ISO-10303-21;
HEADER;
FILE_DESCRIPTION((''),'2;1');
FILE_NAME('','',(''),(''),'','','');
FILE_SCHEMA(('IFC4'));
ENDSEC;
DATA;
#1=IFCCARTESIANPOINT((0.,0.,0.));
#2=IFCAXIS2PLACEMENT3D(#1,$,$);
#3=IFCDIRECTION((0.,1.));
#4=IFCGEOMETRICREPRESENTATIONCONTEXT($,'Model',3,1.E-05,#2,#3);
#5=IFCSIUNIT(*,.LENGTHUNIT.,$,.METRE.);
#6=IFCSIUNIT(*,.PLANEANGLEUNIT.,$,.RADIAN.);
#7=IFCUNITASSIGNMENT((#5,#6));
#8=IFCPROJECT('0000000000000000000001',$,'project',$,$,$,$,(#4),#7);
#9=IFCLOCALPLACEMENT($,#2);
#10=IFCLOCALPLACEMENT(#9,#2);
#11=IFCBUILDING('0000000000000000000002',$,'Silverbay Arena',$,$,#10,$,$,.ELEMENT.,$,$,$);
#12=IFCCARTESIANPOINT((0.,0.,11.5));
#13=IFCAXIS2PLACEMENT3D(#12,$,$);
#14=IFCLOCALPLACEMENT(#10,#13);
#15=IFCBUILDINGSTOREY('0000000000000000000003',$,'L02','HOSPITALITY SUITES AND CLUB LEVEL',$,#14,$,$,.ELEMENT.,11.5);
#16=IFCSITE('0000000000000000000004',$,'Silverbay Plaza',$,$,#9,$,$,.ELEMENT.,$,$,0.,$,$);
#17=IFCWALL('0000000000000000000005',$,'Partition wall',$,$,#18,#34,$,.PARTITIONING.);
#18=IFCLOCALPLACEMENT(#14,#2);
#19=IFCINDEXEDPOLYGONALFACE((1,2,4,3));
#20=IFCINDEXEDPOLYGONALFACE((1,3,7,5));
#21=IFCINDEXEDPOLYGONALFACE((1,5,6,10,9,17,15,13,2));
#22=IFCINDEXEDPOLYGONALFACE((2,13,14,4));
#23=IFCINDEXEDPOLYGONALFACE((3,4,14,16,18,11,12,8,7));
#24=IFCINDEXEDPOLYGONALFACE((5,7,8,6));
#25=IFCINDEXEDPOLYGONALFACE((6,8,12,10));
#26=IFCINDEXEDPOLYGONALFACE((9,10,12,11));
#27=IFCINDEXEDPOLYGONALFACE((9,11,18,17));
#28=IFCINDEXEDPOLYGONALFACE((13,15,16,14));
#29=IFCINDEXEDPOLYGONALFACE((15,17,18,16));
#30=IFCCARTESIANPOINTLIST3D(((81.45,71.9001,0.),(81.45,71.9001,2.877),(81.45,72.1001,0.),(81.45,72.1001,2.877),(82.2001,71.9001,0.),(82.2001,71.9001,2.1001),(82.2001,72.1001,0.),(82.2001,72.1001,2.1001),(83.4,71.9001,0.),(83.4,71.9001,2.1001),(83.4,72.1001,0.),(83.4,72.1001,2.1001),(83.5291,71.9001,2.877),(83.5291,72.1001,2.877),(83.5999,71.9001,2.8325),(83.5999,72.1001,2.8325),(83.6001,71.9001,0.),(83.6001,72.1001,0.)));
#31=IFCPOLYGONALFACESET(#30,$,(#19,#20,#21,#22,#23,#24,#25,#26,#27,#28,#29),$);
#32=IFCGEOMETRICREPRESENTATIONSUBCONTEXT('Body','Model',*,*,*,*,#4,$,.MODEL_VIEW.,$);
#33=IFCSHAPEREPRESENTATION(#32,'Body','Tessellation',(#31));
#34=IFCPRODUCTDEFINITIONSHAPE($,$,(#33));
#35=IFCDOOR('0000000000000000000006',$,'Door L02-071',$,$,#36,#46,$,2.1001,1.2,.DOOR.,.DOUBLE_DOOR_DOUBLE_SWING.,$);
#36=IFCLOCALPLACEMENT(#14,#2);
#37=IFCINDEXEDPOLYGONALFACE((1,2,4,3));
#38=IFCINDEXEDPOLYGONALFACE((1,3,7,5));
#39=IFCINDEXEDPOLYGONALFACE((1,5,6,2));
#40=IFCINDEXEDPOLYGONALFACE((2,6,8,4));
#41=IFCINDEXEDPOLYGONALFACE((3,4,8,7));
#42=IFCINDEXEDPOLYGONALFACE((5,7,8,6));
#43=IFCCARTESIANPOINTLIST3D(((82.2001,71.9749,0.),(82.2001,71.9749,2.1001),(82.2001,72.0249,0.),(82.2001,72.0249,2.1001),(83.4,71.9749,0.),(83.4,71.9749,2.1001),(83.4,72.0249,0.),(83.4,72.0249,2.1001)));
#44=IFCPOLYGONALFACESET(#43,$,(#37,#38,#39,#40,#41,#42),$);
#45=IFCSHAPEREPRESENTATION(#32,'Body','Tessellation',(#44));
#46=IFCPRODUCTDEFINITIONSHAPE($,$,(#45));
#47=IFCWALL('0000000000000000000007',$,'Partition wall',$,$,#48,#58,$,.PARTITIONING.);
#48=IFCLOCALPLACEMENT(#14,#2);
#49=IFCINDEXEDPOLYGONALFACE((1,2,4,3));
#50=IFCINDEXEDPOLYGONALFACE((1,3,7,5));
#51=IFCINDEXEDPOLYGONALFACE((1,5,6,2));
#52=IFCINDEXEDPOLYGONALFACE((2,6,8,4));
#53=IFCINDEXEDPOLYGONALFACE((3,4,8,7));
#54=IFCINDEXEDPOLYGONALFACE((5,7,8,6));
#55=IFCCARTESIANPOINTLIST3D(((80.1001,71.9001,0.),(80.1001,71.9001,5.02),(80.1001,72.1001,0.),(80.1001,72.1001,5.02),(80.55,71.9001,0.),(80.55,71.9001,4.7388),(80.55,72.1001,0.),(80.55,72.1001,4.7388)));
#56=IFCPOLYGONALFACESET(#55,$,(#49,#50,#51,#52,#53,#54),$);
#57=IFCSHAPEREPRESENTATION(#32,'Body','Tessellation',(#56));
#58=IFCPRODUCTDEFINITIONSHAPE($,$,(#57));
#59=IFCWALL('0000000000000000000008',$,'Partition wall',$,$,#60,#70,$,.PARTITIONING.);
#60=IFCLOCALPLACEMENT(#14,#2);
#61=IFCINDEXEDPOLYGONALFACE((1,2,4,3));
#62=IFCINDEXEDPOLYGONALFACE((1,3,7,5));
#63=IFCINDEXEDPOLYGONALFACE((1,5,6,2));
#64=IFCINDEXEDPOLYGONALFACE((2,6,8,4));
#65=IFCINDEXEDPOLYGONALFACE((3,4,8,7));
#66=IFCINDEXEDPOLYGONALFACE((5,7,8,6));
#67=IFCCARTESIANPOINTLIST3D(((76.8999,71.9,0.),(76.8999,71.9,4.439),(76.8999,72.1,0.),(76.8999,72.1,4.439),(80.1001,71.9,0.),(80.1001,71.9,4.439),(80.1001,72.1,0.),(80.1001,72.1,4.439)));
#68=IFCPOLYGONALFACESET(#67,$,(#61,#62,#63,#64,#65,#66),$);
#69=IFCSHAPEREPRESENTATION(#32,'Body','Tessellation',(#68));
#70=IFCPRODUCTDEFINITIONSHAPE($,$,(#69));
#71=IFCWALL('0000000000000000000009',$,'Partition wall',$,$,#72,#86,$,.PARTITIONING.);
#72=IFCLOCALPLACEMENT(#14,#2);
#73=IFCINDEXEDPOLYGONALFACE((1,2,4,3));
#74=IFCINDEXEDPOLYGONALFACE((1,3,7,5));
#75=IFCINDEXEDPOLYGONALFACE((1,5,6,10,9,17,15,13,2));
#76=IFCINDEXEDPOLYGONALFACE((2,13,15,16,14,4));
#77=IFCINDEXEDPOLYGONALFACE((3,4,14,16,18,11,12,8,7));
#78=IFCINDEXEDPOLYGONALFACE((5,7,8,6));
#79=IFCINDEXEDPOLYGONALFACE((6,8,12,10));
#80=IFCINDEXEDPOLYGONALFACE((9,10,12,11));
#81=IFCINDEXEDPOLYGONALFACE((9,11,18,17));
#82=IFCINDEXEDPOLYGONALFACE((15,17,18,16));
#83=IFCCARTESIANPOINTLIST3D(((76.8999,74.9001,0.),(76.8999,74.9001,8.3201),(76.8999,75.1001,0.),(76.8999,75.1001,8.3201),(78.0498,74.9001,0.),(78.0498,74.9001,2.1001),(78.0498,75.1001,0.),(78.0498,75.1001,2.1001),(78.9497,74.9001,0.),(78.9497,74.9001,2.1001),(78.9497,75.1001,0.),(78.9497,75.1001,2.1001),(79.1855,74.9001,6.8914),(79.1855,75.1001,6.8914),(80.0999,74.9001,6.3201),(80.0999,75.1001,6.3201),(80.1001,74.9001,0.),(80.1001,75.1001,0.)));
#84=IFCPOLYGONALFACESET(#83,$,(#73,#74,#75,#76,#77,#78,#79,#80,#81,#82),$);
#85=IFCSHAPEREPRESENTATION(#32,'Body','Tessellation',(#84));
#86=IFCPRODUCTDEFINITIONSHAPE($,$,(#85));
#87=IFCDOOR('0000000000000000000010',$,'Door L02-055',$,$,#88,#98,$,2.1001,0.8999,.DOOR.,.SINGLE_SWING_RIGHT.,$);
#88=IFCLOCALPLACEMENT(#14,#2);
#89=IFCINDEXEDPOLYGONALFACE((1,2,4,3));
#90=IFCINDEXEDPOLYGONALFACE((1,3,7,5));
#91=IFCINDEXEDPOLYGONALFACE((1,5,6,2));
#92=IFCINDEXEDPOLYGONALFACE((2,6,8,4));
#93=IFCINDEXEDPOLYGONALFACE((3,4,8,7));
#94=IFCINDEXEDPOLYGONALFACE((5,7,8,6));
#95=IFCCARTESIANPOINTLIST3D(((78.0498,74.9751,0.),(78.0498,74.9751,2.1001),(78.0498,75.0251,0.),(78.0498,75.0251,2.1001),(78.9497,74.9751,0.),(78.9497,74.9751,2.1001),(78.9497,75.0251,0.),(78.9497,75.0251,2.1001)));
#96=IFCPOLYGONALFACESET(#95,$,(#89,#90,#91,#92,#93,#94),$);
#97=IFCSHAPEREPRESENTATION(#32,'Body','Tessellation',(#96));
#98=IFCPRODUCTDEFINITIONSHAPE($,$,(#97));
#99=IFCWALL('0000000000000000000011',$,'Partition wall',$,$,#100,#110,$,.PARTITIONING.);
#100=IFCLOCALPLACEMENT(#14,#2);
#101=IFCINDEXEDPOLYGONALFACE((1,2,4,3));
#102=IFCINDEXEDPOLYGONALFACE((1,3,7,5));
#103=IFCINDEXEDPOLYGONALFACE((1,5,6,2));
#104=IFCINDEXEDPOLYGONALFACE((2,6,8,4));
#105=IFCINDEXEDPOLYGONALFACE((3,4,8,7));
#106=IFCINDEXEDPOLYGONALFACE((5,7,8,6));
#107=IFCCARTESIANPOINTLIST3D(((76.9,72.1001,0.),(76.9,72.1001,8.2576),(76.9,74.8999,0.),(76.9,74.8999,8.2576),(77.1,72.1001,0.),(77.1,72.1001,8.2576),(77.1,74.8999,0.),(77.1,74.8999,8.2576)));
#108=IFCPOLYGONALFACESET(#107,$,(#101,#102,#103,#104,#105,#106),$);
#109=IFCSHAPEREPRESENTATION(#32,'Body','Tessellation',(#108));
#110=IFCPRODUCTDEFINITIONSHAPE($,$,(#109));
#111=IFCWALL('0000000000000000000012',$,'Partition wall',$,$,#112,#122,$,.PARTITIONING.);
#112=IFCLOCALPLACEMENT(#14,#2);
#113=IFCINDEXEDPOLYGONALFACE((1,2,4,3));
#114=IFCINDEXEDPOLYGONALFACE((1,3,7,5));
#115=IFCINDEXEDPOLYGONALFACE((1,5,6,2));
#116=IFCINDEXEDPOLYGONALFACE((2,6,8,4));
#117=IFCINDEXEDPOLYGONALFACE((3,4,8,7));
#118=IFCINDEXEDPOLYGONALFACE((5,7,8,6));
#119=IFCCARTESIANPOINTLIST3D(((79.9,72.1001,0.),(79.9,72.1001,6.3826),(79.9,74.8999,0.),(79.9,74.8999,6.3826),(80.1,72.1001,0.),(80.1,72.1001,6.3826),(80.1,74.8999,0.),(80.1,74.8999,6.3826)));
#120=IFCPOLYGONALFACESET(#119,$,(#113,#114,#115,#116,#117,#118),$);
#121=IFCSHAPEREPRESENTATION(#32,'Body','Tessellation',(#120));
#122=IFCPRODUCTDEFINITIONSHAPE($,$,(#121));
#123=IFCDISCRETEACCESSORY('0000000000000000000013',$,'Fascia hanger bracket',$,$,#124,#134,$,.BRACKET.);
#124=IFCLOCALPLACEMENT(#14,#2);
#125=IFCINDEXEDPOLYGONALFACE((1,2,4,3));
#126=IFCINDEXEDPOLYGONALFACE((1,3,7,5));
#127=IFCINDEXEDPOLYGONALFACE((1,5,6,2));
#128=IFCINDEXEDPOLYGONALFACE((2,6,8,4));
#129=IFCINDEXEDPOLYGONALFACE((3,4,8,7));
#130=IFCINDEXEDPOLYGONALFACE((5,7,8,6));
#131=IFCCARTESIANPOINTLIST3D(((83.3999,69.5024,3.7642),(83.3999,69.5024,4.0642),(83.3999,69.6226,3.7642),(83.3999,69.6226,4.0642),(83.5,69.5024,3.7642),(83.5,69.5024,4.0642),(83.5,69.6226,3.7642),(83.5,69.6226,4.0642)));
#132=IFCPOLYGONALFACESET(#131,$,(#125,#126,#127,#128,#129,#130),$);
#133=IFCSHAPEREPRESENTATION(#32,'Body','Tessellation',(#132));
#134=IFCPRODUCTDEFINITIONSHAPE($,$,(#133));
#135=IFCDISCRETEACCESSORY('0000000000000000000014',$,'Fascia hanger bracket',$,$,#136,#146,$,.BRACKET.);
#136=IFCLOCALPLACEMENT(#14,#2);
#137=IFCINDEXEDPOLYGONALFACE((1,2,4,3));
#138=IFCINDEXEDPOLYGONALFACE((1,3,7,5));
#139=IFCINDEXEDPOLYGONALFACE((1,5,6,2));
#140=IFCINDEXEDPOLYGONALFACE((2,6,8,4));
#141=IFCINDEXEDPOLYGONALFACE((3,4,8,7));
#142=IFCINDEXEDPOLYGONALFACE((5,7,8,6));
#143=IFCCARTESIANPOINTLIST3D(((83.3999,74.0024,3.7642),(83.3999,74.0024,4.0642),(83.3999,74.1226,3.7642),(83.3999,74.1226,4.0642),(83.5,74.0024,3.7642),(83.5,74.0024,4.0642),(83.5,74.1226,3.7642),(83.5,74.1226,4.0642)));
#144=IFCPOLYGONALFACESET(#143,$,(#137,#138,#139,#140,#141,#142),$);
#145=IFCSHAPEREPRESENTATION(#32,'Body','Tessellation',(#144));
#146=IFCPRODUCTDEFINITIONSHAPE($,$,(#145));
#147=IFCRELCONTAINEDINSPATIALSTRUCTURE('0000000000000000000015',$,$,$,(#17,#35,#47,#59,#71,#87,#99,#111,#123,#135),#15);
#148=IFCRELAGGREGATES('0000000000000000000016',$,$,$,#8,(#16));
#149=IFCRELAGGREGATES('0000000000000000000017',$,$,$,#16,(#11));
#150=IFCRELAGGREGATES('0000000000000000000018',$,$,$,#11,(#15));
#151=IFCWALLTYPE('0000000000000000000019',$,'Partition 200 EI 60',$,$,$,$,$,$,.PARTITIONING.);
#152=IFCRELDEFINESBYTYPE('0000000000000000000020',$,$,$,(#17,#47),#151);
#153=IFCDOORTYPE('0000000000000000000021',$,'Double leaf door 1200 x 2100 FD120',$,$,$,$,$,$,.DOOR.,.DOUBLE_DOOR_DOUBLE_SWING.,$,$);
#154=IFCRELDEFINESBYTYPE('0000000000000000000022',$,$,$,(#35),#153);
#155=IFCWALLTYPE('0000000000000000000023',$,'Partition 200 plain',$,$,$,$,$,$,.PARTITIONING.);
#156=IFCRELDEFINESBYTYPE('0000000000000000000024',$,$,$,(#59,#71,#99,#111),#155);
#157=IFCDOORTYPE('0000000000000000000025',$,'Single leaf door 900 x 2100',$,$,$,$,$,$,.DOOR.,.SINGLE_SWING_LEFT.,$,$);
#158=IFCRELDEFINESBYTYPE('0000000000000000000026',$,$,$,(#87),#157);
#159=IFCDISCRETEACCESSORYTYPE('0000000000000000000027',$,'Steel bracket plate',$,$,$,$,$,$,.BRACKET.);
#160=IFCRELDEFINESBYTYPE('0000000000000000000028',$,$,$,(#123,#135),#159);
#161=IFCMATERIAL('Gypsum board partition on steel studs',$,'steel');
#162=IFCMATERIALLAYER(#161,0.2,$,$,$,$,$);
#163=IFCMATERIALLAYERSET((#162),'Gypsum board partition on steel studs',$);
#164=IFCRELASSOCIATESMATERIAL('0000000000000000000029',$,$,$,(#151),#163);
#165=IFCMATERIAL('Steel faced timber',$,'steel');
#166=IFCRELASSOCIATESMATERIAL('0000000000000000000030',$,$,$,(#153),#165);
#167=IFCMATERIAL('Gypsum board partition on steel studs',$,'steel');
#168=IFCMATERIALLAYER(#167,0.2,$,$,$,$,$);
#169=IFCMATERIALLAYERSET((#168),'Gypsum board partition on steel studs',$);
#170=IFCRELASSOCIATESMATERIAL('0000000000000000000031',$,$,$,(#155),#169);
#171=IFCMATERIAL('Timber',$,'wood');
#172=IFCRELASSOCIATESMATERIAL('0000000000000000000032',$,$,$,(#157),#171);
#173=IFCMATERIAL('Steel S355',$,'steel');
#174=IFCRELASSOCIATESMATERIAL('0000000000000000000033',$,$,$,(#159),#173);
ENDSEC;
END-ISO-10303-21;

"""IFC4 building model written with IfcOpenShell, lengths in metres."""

from ifc_helpers import new_model, si_unit, direction, frame, frame_2d, origin, origin_2d, place, context, subcontext, project, spatial, polyline, rectangle, outline, extrude, material, layer, layer_set, type_object, element, fill, save


model = new_model("IFC4")

# Units and contexts
model_context = context("Model", 3, precision=1e-05, world=origin(), true_north=direction((0.0, 1.0)))
body_context = subcontext(model_context, "Body", "Model", "MODEL_VIEW")
ifc_project = project(units=[si_unit("LENGTHUNIT", "METRE"), si_unit("PLANEANGLEUNIT", "RADIAN")], contexts=[model_context])

# Site, building, storey
site_placement = place(None, origin())
site = spatial("IfcSite", under=ifc_project, at=site_placement, Name="Silverbay Plaza", CompositionType="ELEMENT", RefElevation=0.0)
building_placement = place(site_placement, origin())
building = spatial("IfcBuilding", under=site, at=building_placement, Name="Silverbay Arena", CompositionType="ELEMENT")
storey_placement = place(building_placement, frame((0.0, 0.0, 11.5)))
storey = spatial("IfcBuildingStorey", under=building, at=storey_placement, Name="L02", Description="HOSPITALITY SUITES AND CLUB LEVEL", CompositionType="ELEMENT", Elevation=11.5)

# Wall, opening, door
ifc_material_1 = material(Name="Gypsum board partition on steel studs", Category="steel")
ifc_layer_1 = layer(ifc_material_1, 0.2)
ifc_layer_set_1 = layer_set([ifc_layer_1], Name="Gypsum board partition on steel studs")
wall_type_1 = type_object("IfcWallType", Name="Partition 200 EI 60", PredefinedType="PARTITIONING", material=ifc_layer_set_1)
wall_1_placement = place(storey_placement, frame((81.45, 72.0, 0.0), z_axis=(0.0, 0.0, 1.0), x_axis=(1.0, 0.0, 0.0)))
wall_1 = element("IfcWall", 1, at=wall_1_placement, inside=storey, type_object=wall_type_1, Name="Partition wall", PredefinedType="PARTITIONING", context=body_context, shape_type="SweptSolid", body=[
    extrude(outline(polyline([(0.0, 0.0), (2.1501, 0.0), (2.1499, 2.8325), (2.0791, 2.877), (0.0, 2.877), (0.0, 0.0)])), frame((0.0, 0.1001, 0.0), z_axis=(0.0, -1.0, 0.0), x_axis=(1.0, 0.0, 0.0)), (0.0, 0.0, 1.0), 0.2),
])
opening_1_placement = place(wall_1_placement, frame((0.75, 0.0, 0.0)))
opening_1 = element("IfcOpeningElement", 2, at=opening_1_placement, cuts=wall_1, PredefinedType="OPENING", context=body_context, shape_type="SweptSolid", body=[
    extrude(rectangle(XDim=1.2, YDim=2.1001, at=frame_2d((0.6001, 1.05))), frame((0.0, 0.1099, 0.0), z_axis=(0.0, -1.0, 0.0), x_axis=(1.0, 0.0, 0.0)), (0.0, 0.0, 1.0), 0.22),
])
ifc_material_2 = material(Name="Steel faced timber", Category="steel")
door_type_1 = type_object("IfcDoorType", Name="Double leaf door 1200 x 2100 FD120", OperationType="DOUBLE_DOOR_DOUBLE_SWING", PredefinedType="DOOR", material=ifc_material_2)
door_1_placement = place(opening_1_placement, origin())
door_1 = element("IfcDoor", 3, at=door_1_placement, inside=storey, type_object=door_type_1, Name="Door L02-071", OperationType="DOUBLE_DOOR_DOUBLE_SWING", OverallHeight=2.1001, OverallWidth=1.2, PredefinedType="DOOR", context=body_context, shape_type="SweptSolid", body=[
    extrude(rectangle(XDim=1.2, YDim=2.1001, at=frame_2d((0.6001, 1.05))), frame((0.0, 0.0249, 0.0), z_axis=(0.0, -1.0, 0.0), x_axis=(1.0, 0.0, 0.0)), (0.0, 0.0, 1.0), 0.05),
])
fill(opening_1, door_1)

# Walls
wall_2_placement = place(storey_placement, frame((80.1001, 72.0, 0.0), z_axis=(0.0, 0.0, 1.0), x_axis=(1.0, 0.0, 0.0)))
element("IfcWall", 4, at=wall_2_placement, inside=storey, type_object=wall_type_1, Name="Partition wall", PredefinedType="PARTITIONING", context=body_context, shape_type="SweptSolid", body=[
    extrude(outline(polyline([(0.0, 0.0), (0.45, 0.0), (0.45, 4.7388), (0.0, 5.02), (0.0, 0.0)])), frame((0.0, 0.1001, 0.0), z_axis=(0.0, -1.0, 0.0), x_axis=(1.0, 0.0, 0.0)), (0.0, 0.0, 1.0), 0.2),
])
ifc_material_3 = material(Name="Gypsum board partition on steel studs", Category="steel")
ifc_layer_2 = layer(ifc_material_3, 0.2)
ifc_layer_set_2 = layer_set([ifc_layer_2], Name="Gypsum board partition on steel studs")
wall_type_2 = type_object("IfcWallType", Name="Partition 200 plain", PredefinedType="PARTITIONING", material=ifc_layer_set_2)
wall_3_placement = place(storey_placement, frame((76.8999, 72.0, 0.0), z_axis=(0.0, 0.0, 1.0), x_axis=(1.0, 0.0, 0.0)))
element("IfcWall", 5, at=wall_3_placement, inside=storey, type_object=wall_type_2, Name="Partition wall", PredefinedType="PARTITIONING", context=body_context, shape_type="SweptSolid", body=[
    extrude(rectangle(XDim=3.2002, YDim=0.2, at=frame_2d((1.6001, 0.0))), origin(), (0.0, 0.0, 1.0), 4.439),
])

# Wall, opening, door
wall_4_placement = place(storey_placement, frame((76.8999, 75.0, 0.0), z_axis=(0.0, 0.0, 1.0), x_axis=(1.0, 0.0, 0.0)))
wall_4 = element("IfcWall", 6, at=wall_4_placement, inside=storey, type_object=wall_type_2, Name="Partition wall", PredefinedType="PARTITIONING", context=body_context, shape_type="SweptSolid", body=[
    extrude(outline(polyline([(0.0, 0.0), (3.2002, 0.0), (3.2, 6.3201), (2.2856, 6.8914), (0.0, 8.3201), (0.0, 0.0)])), frame((0.0, 0.1001, 0.0), z_axis=(0.0, -1.0, 0.0), x_axis=(1.0, 0.0, 0.0)), (0.0, 0.0, 1.0), 0.2),
])
opening_2_placement = place(wall_4_placement, frame((1.1499, 0.0, 0.0)))
opening_2 = element("IfcOpeningElement", 7, at=opening_2_placement, cuts=wall_4, PredefinedType="OPENING", context=body_context, shape_type="SweptSolid", body=[
    extrude(rectangle(XDim=0.8999, YDim=2.1001, at=frame_2d((0.45, 1.05))), frame((0.0, 0.1099, 0.0), z_axis=(0.0, -1.0, 0.0), x_axis=(1.0, 0.0, 0.0)), (0.0, 0.0, 1.0), 0.22),
])
ifc_material_4 = material(Name="Timber", Category="wood")
door_type_2 = type_object("IfcDoorType", Name="Single leaf door 900 x 2100", OperationType="SINGLE_SWING_LEFT", PredefinedType="DOOR", material=ifc_material_4)
door_2_placement = place(opening_2_placement, frame((0.8999, 0.0, 0.0), z_axis=(0.0, 0.0, 1.0), x_axis=(-1.0, 0.0, 0.0)))
door_2 = element("IfcDoor", 8, at=door_2_placement, inside=storey, type_object=door_type_2, Name="Door L02-055", OperationType="SINGLE_SWING_RIGHT", OverallHeight=2.1001, OverallWidth=0.8999, PredefinedType="DOOR", context=body_context, shape_type="SweptSolid", body=[
    extrude(rectangle(XDim=0.8999, YDim=2.1001, at=frame_2d((0.45, 1.05))), frame((0.0, 0.0249, 0.0), z_axis=(0.0, -1.0, 0.0), x_axis=(1.0, 0.0, 0.0)), (0.0, 0.0, 1.0), 0.05),
])
fill(opening_2, door_2)

# Walls
wall_5_placement = place(storey_placement, frame((77.0, 72.1001, 0.0), z_axis=(0.0, 0.0, 1.0), x_axis=(0.0, 1.0, 0.0)))
element("IfcWall", 9, at=wall_5_placement, inside=storey, type_object=wall_type_2, Name="Partition wall", PredefinedType="PARTITIONING", context=body_context, shape_type="SweptSolid", body=[
    extrude(rectangle(XDim=2.7998, YDim=0.2, at=frame_2d((1.3999, 0.0))), origin(), (0.0, 0.0, 1.0), 8.2576),
])
wall_6_placement = place(storey_placement, frame((80.0, 72.1001, 0.0), z_axis=(0.0, 0.0, 1.0), x_axis=(0.0, 1.0, 0.0)))
element("IfcWall", 10, at=wall_6_placement, inside=storey, type_object=wall_type_2, Name="Partition wall", PredefinedType="PARTITIONING", context=body_context, shape_type="SweptSolid", body=[
    extrude(rectangle(XDim=2.7998, YDim=0.2, at=frame_2d((1.3999, 0.0))), origin(), (0.0, 0.0, 1.0), 6.3826),
])

# Discrete accessories
ifc_material_5 = material(Name="Steel S355", Category="steel")
discrete_accessory_type = type_object("IfcDiscreteAccessoryType", Name="Steel bracket plate", PredefinedType="BRACKET", material=ifc_material_5)
for number, where, z_axis, x_axis, name in (
    (11, (83.45, 69.5625, 3.7642), (0.0, 0.0, 1.0), (0.0, 1.0, 0.0), "Fascia hanger bracket"),
    (12, (83.45, 74.0625, 3.7642), (0.0, 0.0, 1.0), (0.0, 1.0, 0.0), "Fascia hanger bracket"),
):
    element("IfcDiscreteAccessory", number, at=place(storey_placement, frame(where, z_axis=z_axis, x_axis=x_axis)), inside=storey, type_object=discrete_accessory_type, Name=name, PredefinedType="BRACKET", context=body_context, shape_type="SweptSolid", body=[
        extrude(rectangle(XDim=0.1201, YDim=0.1001, at=origin_2d()), origin(), (0.0, 0.0, 1.0), 0.3),
    ])

save(model, "model.ifc")
